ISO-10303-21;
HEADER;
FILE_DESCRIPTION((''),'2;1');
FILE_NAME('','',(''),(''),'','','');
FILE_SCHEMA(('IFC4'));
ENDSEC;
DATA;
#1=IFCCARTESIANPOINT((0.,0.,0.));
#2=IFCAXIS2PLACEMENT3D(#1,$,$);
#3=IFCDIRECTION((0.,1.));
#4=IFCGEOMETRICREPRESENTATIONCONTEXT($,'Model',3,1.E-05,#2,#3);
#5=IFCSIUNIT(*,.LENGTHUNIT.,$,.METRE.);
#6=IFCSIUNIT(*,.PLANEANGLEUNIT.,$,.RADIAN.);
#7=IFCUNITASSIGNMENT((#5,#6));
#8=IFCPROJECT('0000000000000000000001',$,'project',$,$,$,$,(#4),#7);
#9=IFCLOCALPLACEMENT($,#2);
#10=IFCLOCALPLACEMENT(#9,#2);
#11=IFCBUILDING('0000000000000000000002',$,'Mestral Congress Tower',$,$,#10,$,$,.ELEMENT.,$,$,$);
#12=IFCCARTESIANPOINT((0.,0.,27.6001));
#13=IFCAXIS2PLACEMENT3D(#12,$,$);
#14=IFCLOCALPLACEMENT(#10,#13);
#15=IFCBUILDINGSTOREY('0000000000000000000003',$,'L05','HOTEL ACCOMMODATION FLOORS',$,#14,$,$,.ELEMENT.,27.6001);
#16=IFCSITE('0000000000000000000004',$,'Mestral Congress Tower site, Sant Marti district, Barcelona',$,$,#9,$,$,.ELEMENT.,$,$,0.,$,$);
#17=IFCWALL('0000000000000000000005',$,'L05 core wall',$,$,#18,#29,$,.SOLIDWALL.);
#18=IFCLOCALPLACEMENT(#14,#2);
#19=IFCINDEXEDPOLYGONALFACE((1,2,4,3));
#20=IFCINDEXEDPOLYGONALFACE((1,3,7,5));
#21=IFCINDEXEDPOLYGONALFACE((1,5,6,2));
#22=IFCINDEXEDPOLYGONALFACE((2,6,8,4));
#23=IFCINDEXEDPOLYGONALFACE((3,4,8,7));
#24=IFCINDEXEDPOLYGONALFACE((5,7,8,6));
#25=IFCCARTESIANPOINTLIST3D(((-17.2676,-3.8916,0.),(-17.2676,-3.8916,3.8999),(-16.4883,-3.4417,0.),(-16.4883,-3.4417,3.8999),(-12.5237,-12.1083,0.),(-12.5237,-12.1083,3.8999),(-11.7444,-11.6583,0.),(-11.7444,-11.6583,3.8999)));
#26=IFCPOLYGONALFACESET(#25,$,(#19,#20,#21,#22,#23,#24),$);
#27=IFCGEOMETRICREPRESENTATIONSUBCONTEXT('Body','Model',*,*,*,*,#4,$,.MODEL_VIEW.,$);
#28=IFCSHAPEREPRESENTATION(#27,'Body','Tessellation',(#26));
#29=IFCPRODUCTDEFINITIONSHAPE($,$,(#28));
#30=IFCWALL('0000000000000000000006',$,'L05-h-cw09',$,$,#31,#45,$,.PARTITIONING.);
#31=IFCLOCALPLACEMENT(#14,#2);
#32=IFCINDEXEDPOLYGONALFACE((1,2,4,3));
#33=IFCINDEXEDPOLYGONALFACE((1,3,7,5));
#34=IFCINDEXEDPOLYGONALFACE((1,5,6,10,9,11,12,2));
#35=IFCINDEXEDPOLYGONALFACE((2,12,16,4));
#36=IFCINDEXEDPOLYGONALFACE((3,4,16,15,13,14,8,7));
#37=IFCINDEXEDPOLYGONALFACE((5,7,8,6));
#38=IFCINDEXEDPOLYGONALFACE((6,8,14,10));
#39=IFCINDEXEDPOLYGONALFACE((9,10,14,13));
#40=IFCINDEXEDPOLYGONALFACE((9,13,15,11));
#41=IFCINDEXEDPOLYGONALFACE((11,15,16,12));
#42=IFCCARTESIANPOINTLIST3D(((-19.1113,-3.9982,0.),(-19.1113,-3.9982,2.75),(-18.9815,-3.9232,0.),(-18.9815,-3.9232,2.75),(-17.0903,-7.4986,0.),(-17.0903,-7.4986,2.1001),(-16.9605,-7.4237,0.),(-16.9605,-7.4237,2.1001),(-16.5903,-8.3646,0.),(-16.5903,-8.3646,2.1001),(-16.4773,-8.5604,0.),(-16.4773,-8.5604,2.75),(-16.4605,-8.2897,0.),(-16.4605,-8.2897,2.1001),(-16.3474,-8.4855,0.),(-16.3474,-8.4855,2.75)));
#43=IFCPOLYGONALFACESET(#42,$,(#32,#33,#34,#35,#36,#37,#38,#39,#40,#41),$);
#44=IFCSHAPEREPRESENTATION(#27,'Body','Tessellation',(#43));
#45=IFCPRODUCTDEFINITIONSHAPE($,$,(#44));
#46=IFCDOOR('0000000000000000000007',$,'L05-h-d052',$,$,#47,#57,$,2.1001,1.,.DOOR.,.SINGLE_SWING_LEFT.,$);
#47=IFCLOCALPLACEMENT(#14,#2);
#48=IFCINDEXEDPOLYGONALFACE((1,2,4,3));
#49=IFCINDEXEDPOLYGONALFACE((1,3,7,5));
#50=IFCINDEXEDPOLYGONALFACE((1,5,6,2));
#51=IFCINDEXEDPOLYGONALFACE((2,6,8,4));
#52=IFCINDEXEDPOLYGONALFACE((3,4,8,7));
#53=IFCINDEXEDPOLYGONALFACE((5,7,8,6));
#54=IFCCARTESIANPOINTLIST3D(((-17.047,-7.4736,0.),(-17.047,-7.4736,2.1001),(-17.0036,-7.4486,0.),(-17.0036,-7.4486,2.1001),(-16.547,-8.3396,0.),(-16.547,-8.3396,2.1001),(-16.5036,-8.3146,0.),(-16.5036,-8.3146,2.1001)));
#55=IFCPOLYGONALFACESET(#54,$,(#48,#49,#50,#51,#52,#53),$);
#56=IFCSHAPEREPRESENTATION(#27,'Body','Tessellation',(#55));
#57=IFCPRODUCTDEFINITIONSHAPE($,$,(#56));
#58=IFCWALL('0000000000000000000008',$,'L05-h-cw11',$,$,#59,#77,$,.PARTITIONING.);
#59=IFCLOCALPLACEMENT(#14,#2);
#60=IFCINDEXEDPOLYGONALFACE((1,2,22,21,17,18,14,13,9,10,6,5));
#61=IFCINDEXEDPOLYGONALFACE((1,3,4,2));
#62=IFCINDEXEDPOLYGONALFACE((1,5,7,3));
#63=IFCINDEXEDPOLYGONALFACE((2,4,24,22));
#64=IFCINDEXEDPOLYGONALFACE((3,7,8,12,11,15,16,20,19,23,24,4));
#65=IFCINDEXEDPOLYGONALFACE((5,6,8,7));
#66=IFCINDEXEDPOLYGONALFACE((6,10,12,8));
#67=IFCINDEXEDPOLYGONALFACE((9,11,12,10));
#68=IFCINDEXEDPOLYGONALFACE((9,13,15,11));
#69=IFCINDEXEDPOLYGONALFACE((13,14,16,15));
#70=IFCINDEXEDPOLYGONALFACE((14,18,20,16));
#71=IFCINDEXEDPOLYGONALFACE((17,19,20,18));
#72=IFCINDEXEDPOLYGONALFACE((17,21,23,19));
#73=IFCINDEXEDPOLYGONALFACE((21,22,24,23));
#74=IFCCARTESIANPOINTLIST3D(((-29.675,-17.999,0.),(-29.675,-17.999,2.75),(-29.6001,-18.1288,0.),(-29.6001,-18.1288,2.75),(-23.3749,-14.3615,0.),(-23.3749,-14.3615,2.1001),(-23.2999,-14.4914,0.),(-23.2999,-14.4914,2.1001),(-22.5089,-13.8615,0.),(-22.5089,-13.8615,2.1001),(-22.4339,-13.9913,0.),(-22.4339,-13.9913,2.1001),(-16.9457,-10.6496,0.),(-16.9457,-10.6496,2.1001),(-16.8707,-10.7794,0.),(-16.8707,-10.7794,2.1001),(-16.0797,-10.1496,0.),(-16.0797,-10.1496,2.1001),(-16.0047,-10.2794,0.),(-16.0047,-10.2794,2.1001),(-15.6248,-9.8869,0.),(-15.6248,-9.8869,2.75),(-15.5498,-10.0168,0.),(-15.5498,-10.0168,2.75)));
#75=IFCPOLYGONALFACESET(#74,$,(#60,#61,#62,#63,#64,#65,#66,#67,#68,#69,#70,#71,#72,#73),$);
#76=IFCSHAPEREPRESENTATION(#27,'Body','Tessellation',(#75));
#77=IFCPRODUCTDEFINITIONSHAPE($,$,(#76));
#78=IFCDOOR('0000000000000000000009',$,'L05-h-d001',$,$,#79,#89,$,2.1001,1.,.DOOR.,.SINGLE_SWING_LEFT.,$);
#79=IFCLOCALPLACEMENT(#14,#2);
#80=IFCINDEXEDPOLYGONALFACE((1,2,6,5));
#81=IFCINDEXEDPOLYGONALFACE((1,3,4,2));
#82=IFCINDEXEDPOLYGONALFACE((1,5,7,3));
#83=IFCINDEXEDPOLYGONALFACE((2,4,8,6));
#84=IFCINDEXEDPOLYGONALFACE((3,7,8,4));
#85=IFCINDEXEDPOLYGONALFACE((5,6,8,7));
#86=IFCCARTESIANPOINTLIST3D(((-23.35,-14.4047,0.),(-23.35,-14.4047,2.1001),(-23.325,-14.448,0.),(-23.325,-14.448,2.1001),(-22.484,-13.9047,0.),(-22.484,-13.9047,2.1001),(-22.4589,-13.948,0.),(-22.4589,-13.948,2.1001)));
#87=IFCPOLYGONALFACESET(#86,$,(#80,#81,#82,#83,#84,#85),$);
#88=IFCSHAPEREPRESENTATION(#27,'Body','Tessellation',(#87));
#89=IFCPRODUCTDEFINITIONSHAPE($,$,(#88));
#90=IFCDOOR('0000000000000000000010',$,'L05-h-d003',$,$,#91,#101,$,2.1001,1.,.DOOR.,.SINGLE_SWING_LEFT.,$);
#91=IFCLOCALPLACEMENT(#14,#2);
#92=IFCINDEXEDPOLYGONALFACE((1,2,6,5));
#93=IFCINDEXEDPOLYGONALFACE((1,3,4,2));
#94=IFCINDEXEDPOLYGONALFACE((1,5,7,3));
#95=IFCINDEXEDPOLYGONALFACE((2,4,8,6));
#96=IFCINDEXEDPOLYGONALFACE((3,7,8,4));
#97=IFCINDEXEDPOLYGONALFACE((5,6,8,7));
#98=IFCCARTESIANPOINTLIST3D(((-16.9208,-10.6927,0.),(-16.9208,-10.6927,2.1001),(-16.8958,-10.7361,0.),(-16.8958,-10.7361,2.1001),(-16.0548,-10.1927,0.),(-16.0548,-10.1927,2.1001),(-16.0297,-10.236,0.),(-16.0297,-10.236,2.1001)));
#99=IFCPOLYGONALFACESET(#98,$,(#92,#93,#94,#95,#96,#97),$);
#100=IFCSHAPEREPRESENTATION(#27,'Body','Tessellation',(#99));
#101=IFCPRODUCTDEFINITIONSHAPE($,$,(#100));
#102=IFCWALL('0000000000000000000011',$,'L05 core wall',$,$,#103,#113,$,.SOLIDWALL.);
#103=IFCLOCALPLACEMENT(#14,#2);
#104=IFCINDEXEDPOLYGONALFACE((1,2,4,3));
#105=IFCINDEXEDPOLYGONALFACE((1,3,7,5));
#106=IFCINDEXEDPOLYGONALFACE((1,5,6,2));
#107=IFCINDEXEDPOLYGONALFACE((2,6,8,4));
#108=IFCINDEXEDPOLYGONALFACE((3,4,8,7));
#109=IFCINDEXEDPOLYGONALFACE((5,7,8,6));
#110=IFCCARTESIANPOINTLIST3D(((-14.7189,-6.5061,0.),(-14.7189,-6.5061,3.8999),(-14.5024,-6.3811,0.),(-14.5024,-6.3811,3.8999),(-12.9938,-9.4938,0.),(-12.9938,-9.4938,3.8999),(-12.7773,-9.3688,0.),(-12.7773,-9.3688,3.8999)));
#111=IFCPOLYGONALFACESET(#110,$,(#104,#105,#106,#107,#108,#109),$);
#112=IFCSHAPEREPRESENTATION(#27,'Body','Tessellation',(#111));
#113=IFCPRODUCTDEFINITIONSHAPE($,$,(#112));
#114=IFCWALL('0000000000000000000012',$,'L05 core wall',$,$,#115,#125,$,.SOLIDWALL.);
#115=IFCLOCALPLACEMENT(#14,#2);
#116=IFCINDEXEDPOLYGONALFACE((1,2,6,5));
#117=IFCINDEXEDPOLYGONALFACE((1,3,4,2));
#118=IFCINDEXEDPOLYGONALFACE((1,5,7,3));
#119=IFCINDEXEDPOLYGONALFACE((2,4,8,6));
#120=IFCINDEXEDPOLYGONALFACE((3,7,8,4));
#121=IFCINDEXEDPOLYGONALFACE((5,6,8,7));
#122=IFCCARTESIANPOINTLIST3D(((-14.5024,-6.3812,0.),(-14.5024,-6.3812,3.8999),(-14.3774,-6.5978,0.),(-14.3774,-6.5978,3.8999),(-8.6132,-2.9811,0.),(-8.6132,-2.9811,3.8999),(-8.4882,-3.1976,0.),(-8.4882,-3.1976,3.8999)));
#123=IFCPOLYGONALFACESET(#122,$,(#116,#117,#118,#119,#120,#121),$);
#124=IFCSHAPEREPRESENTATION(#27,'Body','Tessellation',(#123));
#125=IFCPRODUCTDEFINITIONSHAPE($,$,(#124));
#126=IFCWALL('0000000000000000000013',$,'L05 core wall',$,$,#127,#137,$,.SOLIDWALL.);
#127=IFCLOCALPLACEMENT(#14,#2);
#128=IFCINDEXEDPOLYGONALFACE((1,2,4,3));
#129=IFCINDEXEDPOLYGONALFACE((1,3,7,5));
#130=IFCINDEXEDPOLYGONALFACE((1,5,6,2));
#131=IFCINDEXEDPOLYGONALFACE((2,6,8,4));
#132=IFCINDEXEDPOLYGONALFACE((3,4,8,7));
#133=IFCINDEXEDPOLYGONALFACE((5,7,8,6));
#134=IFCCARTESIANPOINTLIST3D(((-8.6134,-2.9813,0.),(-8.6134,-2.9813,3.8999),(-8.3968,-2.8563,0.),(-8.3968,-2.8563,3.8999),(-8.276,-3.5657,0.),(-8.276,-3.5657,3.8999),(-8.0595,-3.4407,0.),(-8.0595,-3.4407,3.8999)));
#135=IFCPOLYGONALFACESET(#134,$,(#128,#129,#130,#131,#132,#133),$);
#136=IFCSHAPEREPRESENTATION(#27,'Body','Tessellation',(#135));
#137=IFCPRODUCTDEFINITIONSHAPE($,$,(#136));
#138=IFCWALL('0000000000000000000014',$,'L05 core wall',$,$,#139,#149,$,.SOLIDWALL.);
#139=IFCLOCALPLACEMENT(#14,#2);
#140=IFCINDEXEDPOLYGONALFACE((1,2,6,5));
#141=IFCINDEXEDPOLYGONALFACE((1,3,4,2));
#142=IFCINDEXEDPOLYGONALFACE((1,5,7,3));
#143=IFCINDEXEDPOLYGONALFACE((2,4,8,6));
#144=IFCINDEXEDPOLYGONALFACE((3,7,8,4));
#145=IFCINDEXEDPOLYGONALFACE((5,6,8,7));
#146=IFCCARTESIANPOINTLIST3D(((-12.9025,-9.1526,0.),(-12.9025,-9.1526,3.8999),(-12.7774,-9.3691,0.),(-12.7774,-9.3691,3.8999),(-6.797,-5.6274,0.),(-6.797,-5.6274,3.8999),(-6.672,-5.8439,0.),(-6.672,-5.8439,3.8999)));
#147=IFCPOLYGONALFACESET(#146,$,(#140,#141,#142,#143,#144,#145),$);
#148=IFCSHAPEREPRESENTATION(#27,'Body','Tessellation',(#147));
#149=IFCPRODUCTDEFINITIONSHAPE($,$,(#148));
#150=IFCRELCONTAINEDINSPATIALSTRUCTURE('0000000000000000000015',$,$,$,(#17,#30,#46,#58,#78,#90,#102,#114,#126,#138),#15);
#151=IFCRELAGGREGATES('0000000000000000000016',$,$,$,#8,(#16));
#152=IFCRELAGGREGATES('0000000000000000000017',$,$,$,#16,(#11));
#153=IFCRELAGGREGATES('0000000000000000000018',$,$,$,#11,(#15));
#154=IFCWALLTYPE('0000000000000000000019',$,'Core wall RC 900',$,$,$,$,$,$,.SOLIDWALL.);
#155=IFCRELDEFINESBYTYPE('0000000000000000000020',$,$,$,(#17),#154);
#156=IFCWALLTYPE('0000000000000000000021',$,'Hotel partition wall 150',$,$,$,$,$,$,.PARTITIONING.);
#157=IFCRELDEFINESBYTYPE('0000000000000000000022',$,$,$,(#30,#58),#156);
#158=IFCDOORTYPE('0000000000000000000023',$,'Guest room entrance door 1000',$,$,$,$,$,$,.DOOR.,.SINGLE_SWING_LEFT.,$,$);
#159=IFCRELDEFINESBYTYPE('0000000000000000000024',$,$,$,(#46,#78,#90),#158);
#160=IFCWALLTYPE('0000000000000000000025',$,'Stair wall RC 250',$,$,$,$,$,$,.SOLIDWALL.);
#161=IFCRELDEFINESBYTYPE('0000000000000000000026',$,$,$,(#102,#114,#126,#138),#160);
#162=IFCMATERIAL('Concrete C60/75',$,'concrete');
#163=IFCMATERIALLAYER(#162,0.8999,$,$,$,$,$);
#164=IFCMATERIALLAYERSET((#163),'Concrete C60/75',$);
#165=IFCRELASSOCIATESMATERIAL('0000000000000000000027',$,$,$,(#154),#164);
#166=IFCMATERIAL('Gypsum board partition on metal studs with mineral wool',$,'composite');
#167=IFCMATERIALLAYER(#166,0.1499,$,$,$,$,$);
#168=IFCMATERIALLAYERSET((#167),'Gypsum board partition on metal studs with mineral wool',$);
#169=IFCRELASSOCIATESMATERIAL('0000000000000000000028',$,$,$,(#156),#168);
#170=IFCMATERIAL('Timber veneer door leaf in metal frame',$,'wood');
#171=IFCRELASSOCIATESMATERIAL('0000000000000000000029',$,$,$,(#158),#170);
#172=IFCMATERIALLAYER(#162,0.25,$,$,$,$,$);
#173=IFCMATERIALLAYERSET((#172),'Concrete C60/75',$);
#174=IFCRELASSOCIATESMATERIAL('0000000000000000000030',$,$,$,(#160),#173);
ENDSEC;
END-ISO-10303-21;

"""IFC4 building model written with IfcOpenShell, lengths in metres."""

from ifc_helpers import new_model, si_unit, direction, frame, frame_2d, origin, place, context, subcontext, project, spatial, rectangle, extrude, material, layer, layer_set, type_object, element, fill, save


model = new_model("IFC4")

# Units and contexts
model_context = context("Model", 3, precision=1e-05, world=origin(), true_north=direction((0.0, 1.0)))
body_context = subcontext(model_context, "Body", "Model", "MODEL_VIEW")
ifc_project = project(units=[si_unit("LENGTHUNIT", "METRE"), si_unit("PLANEANGLEUNIT", "RADIAN")], contexts=[model_context])

# Site, building, storey
site_placement = place(None, origin())
site = spatial("IfcSite", under=ifc_project, at=site_placement, Name="Mestral Congress Tower site, Sant Marti district, Barcelona", CompositionType="ELEMENT", RefElevation=0.0)
building_placement = place(site_placement, origin())
building = spatial("IfcBuilding", under=site, at=building_placement, Name="Mestral Congress Tower", CompositionType="ELEMENT")
storey_placement = place(building_placement, frame((0.0, 0.0, 27.6001)))
storey = spatial("IfcBuildingStorey", under=building, at=storey_placement, Name="L05", Description="HOTEL ACCOMMODATION FLOORS", CompositionType="ELEMENT", Elevation=27.6001)

# Wall
ifc_material_1 = material(Name="Concrete C60/75", Category="concrete")
ifc_layer_1 = layer(ifc_material_1, 0.8999)
ifc_layer_set_1 = layer_set([ifc_layer_1], Name="Concrete C60/75")
wall_type_1 = type_object("IfcWallType", Name="Core wall RC 900", PredefinedType="SOLIDWALL", material=ifc_layer_set_1)
wall_1_placement = place(storey_placement, frame((-12.134, -11.8833, 0.0), z_axis=(0.0, 0.0, 1.0), x_axis=(-0.500005, 0.866022, 0.0)))
element("IfcWall", 1, at=wall_1_placement, inside=storey, type_object=wall_type_1, Name="L05 core wall", PredefinedType="SOLIDWALL", context=body_context, shape_type="SweptSolid", body=[
    extrude(rectangle(XDim=9.4878, YDim=0.8999, at=frame_2d((4.7439, 0.0))), origin(), (0.0, 0.0, 1.0), 3.8999),
])

# Wall, opening, door
ifc_material_2 = material(Name="Gypsum board partition on metal studs with mineral wool", Category="composite")
ifc_layer_2 = layer(ifc_material_2, 0.1499)
ifc_layer_set_2 = layer_set([ifc_layer_2], Name="Gypsum board partition on metal studs with mineral wool")
wall_type_2 = type_object("IfcWallType", Name="Hotel partition wall 150", PredefinedType="PARTITIONING", material=ifc_layer_set_2)
wall_2_placement = place(storey_placement, frame((-16.4124, -8.5229, 0.0), z_axis=(0.0, 0.0, 1.0), x_axis=(-0.500002, 0.866024, 0.0)))
wall_2 = element("IfcWall", 2, at=wall_2_placement, inside=storey, type_object=wall_type_2, Name="L05-h-cw09", PredefinedType="PARTITIONING", context=body_context, shape_type="SweptSolid", body=[
    extrude(rectangle(XDim=5.2681, YDim=0.1499, at=frame_2d((2.634, 0.0))), origin(), (0.0, 0.0, 1.0), 2.75),
])
opening_1_placement = place(wall_2_placement, frame((0.2261, 0.0, 0.0)))
opening_1 = element("IfcOpeningElement", 3, at=opening_1_placement, cuts=wall_2, PredefinedType="OPENING", context=body_context, shape_type="SweptSolid", body=[
    extrude(rectangle(XDim=1.0, YDim=2.1001, at=frame_2d((0.5, 1.05))), frame((0.0, 0.085, 0.0), z_axis=(0.0, -1.0, 0.0), x_axis=(1.0, 0.0, 0.0)), (0.0, 0.0, 1.0), 0.1699),
])
ifc_material_3 = material(Name="Timber veneer door leaf in metal frame", Category="wood")
door_type = type_object("IfcDoorType", Name="Guest room entrance door 1000", OperationType="SINGLE_SWING_LEFT", PredefinedType="DOOR", material=ifc_material_3)
door_1_placement = place(opening_1_placement, origin())
door_1 = element("IfcDoor", 4, at=door_1_placement, inside=storey, type_object=door_type, Name="L05-h-d052", OperationType="SINGLE_SWING_LEFT", OverallHeight=2.1001, OverallWidth=1.0, PredefinedType="DOOR", context=body_context, shape_type="SweptSolid", body=[
    extrude(rectangle(XDim=1.0, YDim=2.1001, at=frame_2d((0.5, 1.05))), frame((0.0, 0.0249, 0.0), z_axis=(0.0, -1.0, 0.0), x_axis=(1.0, 0.0, 0.0)), (0.0, 0.0, 1.0), 0.05),
])
fill(opening_1, door_1)

# Wall, openings, doors
wall_3_placement = place(storey_placement, frame((-15.5874, -9.9519, 0.0), z_axis=(0.0, 0.0, 1.0), x_axis=(-0.866022, -0.500006, 0.0)))
wall_3 = element("IfcWall", 5, at=wall_3_placement, inside=storey, type_object=wall_type_2, Name="L05-h-cw11", PredefinedType="PARTITIONING", context=body_context, shape_type="SweptSolid", body=[
    extrude(rectangle(XDim=16.2239, YDim=0.1499, at=frame_2d((8.1118, 0.0))), origin(), (0.0, 0.0, 1.0), 2.75),
])
opening_2_placement = place(wall_3_placement, frame((7.949, 0.0, 0.0)))
opening_2 = element("IfcOpeningElement", 6, at=opening_2_placement, cuts=wall_3, PredefinedType="OPENING", context=body_context, shape_type="SweptSolid", body=[
    extrude(rectangle(XDim=1.0, YDim=2.1001, at=frame_2d((0.5, 1.05))), frame((0.0, 0.085, 0.0), z_axis=(0.0, -1.0, 0.0), x_axis=(1.0, 0.0, 0.0)), (0.0, 0.0, 1.0), 0.1699),
])
opening_3_placement = place(wall_3_placement, frame((0.5251, 0.0, 0.0)))
opening_3 = element("IfcOpeningElement", 7, at=opening_3_placement, cuts=wall_3, PredefinedType="OPENING", context=body_context, shape_type="SweptSolid", body=[
    extrude(rectangle(XDim=1.0, YDim=2.1001, at=frame_2d((0.5, 1.05))), frame((0.0, 0.085, 0.0), z_axis=(0.0, -1.0, 0.0), x_axis=(1.0, 0.0, 0.0)), (0.0, 0.0, 1.0), 0.1699),
])
door_2_placement = place(opening_2_placement, origin())
door_2 = element("IfcDoor", 8, at=door_2_placement, inside=storey, type_object=door_type, Name="L05-h-d001", OperationType="SINGLE_SWING_LEFT", OverallHeight=2.1001, OverallWidth=1.0, PredefinedType="DOOR", context=body_context, shape_type="SweptSolid", body=[
    extrude(rectangle(XDim=1.0, YDim=2.1001, at=frame_2d((0.5, 1.05))), frame((0.0, 0.0249, 0.0), z_axis=(0.0, -1.0, 0.0), x_axis=(1.0, 0.0, 0.0)), (0.0, 0.0, 1.0), 0.05),
])
fill(opening_2, door_2)
door_3_placement = place(opening_3_placement, origin())
door_3 = element("IfcDoor", 9, at=door_3_placement, inside=storey, type_object=door_type, Name="L05-h-d003", OperationType="SINGLE_SWING_LEFT", OverallHeight=2.1001, OverallWidth=1.0, PredefinedType="DOOR", context=body_context, shape_type="SweptSolid", body=[
    extrude(rectangle(XDim=1.0, YDim=2.1001, at=frame_2d((0.5, 1.05))), frame((0.0, 0.0249, 0.0), z_axis=(0.0, -1.0, 0.0), x_axis=(1.0, 0.0, 0.0)), (0.0, 0.0, 1.0), 0.05),
])
fill(opening_3, door_3)

# Walls
ifc_layer_3 = layer(ifc_material_1, 0.25)
ifc_layer_set_3 = layer_set([ifc_layer_3], Name="Concrete C60/75")
wall_type_3 = type_object("IfcWallType", Name="Stair wall RC 250", PredefinedType="SOLIDWALL", material=ifc_layer_set_3)
wall_4_placement = place(storey_placement, frame((-12.8855, -9.4314, 0.0), z_axis=(0.0, 0.0, 1.0), x_axis=(-0.500021, 0.866014, 0.0)))
element("IfcWall", 10, at=wall_4_placement, inside=storey, type_object=wall_type_3, Name="L05 core wall", PredefinedType="SOLIDWALL", context=body_context, shape_type="SweptSolid", body=[
    extrude(rectangle(XDim=3.45, YDim=0.25, at=frame_2d((1.7251, 0.0))), origin(), (0.0, 0.0, 1.0), 3.8999),
])
wall_5_placement = place(storey_placement, frame((-14.4399, -6.4895, 0.0), z_axis=(0.0, 0.0, 1.0), x_axis=(0.866023, 0.500004, 0.0)))
element("IfcWall", 11, at=wall_5_placement, inside=storey, type_object=wall_type_3, Name="L05 core wall", PredefinedType="SOLIDWALL", context=body_context, shape_type="SweptSolid", body=[
    extrude(rectangle(XDim=6.8003, YDim=0.25, at=frame_2d((3.4001, 0.0))), origin(), (0.0, 0.0, 1.0), 3.8999),
])
wall_6_placement = place(storey_placement, frame((-8.1677, -3.5032, 0.0), z_axis=(0.0, 0.0, 1.0), x_axis=(-0.499952, 0.866053, 0.0)))
element("IfcWall", 12, at=wall_6_placement, inside=storey, type_object=wall_type_3, Name="L05 core wall", PredefinedType="SOLIDWALL", context=body_context, shape_type="SweptSolid", body=[
    extrude(rectangle(XDim=0.6748, YDim=0.25, at=frame_2d((0.3374, 0.0))), origin(), (0.0, 0.0, 1.0), 3.8999),
])
wall_7_placement = place(storey_placement, frame((-12.8398, -9.2607, 0.0), z_axis=(0.0, 0.0, 1.0), x_axis=(0.866016, 0.500016, 0.0)))
element("IfcWall", 13, at=wall_7_placement, inside=storey, type_object=wall_type_3, Name="L05 core wall", PredefinedType="SOLIDWALL", context=body_context, shape_type="SweptSolid", body=[
    extrude(rectangle(XDim=7.05, YDim=0.25, at=frame_2d((3.5249, 0.0))), origin(), (0.0, 0.0, 1.0), 3.8999),
])

save(model, "model.ifc")
